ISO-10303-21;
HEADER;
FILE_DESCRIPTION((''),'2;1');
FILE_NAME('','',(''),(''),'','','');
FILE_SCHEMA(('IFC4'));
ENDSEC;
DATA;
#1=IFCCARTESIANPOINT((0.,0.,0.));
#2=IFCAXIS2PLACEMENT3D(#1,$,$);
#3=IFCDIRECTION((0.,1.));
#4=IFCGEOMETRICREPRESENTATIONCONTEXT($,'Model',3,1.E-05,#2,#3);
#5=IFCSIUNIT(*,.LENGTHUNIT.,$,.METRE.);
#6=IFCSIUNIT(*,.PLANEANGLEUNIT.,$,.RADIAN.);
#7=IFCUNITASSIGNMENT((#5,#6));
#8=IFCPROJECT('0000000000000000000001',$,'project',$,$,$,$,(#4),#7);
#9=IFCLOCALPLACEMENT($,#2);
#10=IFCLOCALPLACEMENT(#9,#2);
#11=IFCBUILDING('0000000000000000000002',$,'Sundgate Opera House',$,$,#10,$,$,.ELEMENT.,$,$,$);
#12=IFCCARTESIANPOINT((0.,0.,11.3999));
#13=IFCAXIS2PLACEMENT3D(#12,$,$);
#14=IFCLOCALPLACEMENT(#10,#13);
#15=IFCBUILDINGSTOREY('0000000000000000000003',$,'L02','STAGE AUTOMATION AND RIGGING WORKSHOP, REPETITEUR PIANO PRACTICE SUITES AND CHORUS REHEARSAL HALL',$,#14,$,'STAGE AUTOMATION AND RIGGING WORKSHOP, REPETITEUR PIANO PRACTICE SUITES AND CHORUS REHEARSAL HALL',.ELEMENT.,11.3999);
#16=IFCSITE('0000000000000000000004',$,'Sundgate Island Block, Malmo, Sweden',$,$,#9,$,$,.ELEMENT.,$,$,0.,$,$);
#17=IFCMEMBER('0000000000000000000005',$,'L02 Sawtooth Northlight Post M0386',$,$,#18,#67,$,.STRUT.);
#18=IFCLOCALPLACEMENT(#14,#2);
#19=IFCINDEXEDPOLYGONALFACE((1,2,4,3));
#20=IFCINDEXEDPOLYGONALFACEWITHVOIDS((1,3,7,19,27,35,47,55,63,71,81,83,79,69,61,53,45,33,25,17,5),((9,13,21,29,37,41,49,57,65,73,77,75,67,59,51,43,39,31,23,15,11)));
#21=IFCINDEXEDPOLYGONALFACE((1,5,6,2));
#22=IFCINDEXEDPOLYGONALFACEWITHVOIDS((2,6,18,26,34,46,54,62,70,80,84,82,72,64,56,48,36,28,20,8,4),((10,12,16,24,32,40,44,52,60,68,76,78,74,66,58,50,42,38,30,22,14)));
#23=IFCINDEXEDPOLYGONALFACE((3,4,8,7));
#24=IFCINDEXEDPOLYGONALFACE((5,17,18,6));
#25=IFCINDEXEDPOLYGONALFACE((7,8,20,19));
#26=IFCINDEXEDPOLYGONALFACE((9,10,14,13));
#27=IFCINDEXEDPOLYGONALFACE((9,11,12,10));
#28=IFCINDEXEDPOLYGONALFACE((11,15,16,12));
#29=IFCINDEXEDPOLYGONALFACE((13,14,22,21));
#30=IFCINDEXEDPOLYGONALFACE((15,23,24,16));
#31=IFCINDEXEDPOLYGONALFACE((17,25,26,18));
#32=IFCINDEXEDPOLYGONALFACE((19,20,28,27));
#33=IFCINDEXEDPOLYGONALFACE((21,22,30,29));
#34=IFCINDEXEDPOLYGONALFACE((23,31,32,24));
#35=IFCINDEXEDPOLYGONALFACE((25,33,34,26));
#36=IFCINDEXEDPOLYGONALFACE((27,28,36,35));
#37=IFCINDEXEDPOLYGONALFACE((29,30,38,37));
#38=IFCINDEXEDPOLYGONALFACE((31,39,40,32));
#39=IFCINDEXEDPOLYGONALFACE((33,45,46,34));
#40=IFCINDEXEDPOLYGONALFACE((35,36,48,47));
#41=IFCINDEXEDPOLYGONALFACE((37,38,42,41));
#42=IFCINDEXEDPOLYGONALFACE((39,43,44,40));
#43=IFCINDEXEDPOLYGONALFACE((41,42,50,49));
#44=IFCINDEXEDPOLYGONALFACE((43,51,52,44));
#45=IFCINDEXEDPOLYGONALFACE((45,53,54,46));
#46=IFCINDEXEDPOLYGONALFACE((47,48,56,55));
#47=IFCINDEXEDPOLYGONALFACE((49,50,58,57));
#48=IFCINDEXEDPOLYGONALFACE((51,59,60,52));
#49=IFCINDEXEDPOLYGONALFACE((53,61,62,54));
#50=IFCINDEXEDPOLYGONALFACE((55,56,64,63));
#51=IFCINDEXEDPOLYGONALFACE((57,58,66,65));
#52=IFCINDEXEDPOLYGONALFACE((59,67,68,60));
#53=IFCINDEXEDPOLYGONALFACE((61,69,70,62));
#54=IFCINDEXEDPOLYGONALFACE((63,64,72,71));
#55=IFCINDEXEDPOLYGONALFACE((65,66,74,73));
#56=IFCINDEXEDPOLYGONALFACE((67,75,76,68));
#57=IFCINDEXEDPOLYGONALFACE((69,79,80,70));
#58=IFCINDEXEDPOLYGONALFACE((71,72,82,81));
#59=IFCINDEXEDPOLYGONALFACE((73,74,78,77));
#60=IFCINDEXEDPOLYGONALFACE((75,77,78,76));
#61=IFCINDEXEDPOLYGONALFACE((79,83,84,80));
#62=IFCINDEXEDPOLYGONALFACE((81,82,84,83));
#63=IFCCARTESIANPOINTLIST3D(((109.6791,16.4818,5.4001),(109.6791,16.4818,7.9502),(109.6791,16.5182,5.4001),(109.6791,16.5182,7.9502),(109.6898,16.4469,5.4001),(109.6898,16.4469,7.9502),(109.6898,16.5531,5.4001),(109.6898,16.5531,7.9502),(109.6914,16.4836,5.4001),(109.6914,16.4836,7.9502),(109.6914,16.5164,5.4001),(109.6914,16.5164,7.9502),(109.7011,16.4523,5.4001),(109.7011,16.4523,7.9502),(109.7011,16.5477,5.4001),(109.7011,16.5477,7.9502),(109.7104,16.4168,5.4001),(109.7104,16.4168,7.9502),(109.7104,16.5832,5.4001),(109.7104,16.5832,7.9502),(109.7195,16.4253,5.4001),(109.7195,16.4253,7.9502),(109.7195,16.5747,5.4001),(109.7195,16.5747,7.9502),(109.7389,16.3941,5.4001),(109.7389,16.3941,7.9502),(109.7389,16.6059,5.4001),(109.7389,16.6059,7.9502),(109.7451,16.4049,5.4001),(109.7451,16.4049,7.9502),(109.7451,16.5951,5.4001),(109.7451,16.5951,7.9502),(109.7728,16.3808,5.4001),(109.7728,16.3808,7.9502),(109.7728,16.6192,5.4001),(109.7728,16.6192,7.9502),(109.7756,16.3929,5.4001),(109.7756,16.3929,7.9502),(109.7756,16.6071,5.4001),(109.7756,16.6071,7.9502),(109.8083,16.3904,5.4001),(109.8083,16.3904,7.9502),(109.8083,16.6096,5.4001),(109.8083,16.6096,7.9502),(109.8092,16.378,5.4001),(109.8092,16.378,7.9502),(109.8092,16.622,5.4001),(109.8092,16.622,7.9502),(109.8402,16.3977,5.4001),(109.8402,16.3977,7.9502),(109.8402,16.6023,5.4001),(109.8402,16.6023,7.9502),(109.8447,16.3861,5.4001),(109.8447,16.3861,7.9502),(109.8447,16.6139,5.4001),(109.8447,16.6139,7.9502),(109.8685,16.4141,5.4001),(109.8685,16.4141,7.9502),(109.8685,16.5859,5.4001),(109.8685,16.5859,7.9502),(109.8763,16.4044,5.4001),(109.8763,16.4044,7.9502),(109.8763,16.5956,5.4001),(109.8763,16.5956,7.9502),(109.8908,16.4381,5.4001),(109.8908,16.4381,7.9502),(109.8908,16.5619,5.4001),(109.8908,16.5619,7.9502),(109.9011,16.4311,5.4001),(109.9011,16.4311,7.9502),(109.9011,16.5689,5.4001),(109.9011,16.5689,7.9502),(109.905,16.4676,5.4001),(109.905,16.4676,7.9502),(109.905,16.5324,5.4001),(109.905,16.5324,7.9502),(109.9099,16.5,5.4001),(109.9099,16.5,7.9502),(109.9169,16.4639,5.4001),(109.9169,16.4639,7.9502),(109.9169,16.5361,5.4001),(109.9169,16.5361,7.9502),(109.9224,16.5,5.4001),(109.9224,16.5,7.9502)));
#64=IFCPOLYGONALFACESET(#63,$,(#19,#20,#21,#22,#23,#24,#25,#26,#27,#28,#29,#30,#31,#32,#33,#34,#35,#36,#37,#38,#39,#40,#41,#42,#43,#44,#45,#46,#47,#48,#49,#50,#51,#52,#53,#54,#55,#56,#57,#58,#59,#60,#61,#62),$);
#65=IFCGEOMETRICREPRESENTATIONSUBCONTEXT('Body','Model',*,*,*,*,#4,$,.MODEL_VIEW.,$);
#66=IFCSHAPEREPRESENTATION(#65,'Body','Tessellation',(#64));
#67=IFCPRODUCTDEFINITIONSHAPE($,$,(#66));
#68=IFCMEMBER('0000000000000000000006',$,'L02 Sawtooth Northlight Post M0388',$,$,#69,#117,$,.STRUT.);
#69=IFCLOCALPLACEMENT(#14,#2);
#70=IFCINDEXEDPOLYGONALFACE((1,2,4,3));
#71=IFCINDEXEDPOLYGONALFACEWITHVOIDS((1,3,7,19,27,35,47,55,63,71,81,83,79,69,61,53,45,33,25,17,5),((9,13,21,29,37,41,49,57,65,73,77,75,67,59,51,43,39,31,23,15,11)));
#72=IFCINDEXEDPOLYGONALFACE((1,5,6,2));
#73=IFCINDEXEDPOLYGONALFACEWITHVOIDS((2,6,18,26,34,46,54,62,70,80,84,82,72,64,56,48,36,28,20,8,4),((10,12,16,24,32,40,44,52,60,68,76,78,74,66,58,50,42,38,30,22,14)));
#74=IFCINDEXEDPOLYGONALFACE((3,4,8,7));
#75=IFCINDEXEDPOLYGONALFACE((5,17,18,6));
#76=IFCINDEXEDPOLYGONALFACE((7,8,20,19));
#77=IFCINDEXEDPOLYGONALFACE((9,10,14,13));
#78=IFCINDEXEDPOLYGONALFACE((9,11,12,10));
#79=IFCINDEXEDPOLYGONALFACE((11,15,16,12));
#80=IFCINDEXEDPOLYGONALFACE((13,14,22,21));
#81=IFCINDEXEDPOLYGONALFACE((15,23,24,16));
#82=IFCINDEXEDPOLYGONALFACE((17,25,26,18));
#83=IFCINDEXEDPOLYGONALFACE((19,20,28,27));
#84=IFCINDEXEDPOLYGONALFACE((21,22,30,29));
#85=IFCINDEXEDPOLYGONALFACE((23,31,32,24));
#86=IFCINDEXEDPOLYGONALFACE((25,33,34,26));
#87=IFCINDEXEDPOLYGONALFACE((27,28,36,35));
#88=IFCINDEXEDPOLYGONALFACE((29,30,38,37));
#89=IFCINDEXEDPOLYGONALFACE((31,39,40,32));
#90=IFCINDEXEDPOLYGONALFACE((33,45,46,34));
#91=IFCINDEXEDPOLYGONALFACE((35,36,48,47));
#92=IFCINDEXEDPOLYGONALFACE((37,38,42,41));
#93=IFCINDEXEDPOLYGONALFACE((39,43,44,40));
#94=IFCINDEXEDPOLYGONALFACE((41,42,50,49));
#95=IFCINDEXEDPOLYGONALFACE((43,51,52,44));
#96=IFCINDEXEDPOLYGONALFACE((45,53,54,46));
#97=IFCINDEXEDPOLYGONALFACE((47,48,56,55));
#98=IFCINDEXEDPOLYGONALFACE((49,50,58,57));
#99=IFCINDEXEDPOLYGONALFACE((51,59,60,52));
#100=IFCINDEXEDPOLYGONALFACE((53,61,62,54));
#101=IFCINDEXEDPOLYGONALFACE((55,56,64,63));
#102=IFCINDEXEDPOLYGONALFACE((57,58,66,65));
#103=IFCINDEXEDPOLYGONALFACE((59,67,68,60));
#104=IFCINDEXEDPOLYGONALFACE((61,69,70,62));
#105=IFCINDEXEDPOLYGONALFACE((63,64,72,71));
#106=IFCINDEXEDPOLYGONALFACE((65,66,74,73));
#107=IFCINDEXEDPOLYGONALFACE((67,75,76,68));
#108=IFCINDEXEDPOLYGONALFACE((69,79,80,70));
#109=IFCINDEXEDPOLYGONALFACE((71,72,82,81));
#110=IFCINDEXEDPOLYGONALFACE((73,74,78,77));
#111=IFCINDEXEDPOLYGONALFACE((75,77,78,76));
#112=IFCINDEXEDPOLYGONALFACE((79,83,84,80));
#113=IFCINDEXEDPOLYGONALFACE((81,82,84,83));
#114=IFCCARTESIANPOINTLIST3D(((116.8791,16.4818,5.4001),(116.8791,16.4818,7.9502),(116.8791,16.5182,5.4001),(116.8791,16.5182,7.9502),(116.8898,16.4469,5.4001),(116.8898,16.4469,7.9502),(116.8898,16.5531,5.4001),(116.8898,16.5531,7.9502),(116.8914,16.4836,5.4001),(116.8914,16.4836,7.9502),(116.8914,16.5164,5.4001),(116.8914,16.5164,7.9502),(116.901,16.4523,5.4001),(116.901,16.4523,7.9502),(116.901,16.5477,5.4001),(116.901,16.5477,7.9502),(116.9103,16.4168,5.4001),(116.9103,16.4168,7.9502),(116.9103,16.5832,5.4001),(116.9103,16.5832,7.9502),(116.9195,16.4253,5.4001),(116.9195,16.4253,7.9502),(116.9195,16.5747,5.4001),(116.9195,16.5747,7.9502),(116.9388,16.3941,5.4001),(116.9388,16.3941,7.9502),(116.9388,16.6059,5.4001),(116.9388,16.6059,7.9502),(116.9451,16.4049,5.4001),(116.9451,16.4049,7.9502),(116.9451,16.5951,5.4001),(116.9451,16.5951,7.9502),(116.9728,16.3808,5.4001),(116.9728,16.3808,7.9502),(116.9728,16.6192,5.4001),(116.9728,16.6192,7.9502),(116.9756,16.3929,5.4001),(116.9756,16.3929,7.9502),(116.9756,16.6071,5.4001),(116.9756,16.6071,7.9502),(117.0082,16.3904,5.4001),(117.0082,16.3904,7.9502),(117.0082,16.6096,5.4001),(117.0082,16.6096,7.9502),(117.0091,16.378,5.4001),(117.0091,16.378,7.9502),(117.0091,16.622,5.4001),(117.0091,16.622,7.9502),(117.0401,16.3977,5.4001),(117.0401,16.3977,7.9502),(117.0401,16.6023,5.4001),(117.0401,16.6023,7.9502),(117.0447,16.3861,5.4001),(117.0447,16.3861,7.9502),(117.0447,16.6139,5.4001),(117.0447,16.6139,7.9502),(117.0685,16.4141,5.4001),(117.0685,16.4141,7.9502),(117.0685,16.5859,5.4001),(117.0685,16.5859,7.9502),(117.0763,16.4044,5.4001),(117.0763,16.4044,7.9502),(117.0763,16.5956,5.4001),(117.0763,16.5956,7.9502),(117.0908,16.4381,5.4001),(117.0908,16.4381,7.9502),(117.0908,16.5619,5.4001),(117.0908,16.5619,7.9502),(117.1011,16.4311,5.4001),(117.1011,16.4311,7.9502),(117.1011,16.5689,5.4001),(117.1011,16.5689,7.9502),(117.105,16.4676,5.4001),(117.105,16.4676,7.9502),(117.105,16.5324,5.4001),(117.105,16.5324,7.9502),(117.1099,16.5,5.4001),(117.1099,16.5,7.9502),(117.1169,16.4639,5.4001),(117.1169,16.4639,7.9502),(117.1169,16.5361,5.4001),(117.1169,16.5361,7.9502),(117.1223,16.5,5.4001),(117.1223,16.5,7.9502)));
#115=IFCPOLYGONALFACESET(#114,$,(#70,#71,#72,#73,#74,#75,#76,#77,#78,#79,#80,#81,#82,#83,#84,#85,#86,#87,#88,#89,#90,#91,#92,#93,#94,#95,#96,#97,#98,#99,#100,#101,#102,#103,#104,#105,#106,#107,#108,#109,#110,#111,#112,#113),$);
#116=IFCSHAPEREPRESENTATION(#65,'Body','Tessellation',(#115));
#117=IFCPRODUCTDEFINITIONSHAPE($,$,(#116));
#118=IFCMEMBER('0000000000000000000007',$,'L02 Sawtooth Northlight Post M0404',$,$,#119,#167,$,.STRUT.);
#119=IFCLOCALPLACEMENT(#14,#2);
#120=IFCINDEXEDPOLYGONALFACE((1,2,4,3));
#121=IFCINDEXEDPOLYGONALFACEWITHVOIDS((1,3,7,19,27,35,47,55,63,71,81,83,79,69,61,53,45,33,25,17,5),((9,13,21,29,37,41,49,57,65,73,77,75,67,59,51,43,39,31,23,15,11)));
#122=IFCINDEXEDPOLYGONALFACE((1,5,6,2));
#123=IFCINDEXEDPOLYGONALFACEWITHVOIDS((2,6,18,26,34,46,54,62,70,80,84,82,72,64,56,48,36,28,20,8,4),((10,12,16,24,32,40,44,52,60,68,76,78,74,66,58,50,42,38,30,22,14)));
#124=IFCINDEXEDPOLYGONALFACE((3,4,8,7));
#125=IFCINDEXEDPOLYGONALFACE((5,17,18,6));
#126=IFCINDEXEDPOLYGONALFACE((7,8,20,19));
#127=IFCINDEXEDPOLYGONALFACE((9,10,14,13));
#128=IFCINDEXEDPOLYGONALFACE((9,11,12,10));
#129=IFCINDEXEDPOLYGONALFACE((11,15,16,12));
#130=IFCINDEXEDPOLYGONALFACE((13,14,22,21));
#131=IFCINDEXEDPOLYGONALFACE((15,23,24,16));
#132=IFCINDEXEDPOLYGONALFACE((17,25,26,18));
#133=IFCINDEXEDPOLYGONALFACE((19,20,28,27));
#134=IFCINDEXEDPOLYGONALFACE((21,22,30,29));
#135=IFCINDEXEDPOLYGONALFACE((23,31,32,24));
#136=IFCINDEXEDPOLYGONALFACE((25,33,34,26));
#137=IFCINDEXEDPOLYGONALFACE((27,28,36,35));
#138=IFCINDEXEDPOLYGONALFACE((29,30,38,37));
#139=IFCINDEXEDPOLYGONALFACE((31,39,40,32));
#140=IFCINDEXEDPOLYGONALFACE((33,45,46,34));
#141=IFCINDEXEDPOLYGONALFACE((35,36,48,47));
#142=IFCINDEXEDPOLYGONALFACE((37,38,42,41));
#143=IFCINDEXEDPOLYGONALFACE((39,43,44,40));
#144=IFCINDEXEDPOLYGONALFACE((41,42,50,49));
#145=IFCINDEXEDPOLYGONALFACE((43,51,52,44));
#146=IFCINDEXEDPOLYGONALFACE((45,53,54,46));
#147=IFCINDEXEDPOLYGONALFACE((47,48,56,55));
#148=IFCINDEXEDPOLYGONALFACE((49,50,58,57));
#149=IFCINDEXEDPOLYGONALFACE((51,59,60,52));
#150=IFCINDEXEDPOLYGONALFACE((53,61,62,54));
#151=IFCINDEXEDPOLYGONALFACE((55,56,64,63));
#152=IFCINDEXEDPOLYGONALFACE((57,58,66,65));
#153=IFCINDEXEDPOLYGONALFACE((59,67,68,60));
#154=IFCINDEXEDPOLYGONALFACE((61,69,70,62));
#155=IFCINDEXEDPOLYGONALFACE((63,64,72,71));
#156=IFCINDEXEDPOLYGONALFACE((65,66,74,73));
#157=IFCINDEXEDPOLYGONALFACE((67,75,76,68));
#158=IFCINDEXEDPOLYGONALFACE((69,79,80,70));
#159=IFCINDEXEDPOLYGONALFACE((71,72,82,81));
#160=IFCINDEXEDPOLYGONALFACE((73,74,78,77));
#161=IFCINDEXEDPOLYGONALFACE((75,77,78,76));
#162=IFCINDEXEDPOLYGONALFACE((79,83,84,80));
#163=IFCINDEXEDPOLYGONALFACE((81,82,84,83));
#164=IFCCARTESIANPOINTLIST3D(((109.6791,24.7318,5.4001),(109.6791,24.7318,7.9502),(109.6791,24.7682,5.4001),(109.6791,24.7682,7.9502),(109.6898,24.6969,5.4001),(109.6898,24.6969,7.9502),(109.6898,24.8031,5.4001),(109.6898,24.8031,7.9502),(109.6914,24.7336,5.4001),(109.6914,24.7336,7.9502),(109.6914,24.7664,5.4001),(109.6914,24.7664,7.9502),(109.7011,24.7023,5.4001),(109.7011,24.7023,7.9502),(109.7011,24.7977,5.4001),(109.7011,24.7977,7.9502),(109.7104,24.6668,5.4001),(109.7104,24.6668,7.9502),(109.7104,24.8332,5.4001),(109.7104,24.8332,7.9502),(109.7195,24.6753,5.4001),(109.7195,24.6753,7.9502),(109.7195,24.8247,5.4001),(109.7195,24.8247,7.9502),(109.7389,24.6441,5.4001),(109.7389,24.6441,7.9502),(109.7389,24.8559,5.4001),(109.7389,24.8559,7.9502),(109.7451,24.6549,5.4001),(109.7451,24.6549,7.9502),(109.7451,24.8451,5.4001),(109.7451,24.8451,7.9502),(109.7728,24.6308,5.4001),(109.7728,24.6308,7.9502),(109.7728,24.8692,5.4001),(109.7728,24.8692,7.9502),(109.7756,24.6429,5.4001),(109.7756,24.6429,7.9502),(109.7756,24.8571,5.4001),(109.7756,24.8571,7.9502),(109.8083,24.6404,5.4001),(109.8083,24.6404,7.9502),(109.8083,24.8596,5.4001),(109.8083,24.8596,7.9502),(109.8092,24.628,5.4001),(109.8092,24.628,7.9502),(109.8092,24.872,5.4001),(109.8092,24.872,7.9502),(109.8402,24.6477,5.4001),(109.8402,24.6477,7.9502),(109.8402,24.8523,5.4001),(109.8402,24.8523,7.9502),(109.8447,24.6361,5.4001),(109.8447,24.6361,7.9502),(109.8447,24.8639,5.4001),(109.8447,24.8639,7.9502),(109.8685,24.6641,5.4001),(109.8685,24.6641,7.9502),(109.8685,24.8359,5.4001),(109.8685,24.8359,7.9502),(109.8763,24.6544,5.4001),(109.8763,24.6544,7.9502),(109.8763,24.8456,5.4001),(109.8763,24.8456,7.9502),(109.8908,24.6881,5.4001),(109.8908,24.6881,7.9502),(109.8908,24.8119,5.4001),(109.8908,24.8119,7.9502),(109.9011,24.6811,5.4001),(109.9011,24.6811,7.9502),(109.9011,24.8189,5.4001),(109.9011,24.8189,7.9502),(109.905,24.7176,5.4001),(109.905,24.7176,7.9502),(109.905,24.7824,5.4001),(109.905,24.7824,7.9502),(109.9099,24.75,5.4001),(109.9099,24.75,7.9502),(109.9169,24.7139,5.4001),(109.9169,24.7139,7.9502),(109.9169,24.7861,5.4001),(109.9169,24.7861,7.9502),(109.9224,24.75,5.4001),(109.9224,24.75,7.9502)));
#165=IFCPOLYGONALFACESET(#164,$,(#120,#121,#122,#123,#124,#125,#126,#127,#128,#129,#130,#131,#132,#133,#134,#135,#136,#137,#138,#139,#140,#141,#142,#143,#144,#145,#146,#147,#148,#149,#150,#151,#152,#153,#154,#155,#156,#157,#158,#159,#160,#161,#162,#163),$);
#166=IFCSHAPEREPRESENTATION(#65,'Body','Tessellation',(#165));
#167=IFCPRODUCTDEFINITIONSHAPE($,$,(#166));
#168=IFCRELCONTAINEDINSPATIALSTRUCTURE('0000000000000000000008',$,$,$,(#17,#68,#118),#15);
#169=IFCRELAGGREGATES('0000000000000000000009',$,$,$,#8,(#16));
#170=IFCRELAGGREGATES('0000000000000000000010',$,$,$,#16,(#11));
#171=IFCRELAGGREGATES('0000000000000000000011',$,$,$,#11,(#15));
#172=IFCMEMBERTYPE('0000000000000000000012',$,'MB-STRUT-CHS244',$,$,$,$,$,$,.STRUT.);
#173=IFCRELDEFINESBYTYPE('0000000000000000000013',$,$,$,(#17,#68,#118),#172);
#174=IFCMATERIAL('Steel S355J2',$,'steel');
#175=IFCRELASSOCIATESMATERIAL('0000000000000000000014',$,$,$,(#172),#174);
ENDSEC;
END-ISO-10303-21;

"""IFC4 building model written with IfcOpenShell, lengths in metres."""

from ifc_helpers import new_model, si_unit, direction, frame, origin, origin_2d, place, context, subcontext, project, spatial, hollow_circle, extrude, material, material_profile, profile_set, type_object, element, save


model = new_model("IFC4")

# Units and contexts
model_context = context("Model", 3, precision=1e-05, world=origin(), true_north=direction((0.0, 1.0)))
body_context = subcontext(model_context, "Body", "Model", "MODEL_VIEW")
ifc_project = project(units=[si_unit("LENGTHUNIT", "METRE"), si_unit("PLANEANGLEUNIT", "RADIAN")], contexts=[model_context])

# Site, building, storey
site_placement = place(None, origin())
site = spatial("IfcSite", under=ifc_project, at=site_placement, Name="Sundgate Island Block, Malmo, Sweden", CompositionType="ELEMENT", RefElevation=0.0)
building_placement = place(site_placement, origin())
building = spatial("IfcBuilding", under=site, at=building_placement, Name="Sundgate Opera House", CompositionType="ELEMENT")
storey_placement = place(building_placement, frame((0.0, 0.0, 11.3999)))
storey = spatial("IfcBuildingStorey", under=building, at=storey_placement, Name="L02", Description="STAGE AUTOMATION AND RIGGING WORKSHOP, REPETITEUR PIANO PRACTICE SUITES AND CHORUS REHEARSAL HALL", LongName="STAGE AUTOMATION AND RIGGING WORKSHOP, REPETITEUR PIANO PRACTICE SUITES AND CHORUS REHEARSAL HALL", CompositionType="ELEMENT", Elevation=11.3999)

# Members
ifc_material_1 = material(Name="Steel S355J2", Category="steel")
ifc_material_profile_1 = material_profile(ifc_material_1, hollow_circle(Radius=0.1223, WallThickness=0.0125, at=origin_2d()), Name="CHS 244.5x12.5")
ifc_profile_set_1 = profile_set([ifc_material_profile_1], Name="Steel S355J2")
member_type_1 = type_object("IfcMemberType", Name="MB-STRUT-CHS244", PredefinedType="STRUT", material=ifc_profile_set_1)
for number, where, z_axis, x_axis, name in (
    (1, (109.8, 16.5, 5.4001), (0.0, 0.0, 1.0), (1.0, 0.0, 0.0), "L02 Sawtooth Northlight Post M0386"),
    (2, (117.0, 16.5, 5.4001), (0.0, 0.0, 1.0), (1.0, 0.0, 0.0), "L02 Sawtooth Northlight Post M0388"),
    (3, (109.8, 24.75, 5.4001), (0.0, 0.0, 1.0), (1.0, 0.0, 0.0), "L02 Sawtooth Northlight Post M0404"),
):
    element("IfcMember", number, at=place(storey_placement, frame(where, z_axis=z_axis, x_axis=x_axis)), inside=storey, type_object=member_type_1, Name=name, PredefinedType="STRUT", context=body_context, shape_type="SweptSolid", body=[
        extrude(hollow_circle(Radius=0.1223, WallThickness=0.0125, at=origin_2d()), origin(), (0.0, 0.0, 1.0), 2.55),
    ])

save(model, "model.ifc")
